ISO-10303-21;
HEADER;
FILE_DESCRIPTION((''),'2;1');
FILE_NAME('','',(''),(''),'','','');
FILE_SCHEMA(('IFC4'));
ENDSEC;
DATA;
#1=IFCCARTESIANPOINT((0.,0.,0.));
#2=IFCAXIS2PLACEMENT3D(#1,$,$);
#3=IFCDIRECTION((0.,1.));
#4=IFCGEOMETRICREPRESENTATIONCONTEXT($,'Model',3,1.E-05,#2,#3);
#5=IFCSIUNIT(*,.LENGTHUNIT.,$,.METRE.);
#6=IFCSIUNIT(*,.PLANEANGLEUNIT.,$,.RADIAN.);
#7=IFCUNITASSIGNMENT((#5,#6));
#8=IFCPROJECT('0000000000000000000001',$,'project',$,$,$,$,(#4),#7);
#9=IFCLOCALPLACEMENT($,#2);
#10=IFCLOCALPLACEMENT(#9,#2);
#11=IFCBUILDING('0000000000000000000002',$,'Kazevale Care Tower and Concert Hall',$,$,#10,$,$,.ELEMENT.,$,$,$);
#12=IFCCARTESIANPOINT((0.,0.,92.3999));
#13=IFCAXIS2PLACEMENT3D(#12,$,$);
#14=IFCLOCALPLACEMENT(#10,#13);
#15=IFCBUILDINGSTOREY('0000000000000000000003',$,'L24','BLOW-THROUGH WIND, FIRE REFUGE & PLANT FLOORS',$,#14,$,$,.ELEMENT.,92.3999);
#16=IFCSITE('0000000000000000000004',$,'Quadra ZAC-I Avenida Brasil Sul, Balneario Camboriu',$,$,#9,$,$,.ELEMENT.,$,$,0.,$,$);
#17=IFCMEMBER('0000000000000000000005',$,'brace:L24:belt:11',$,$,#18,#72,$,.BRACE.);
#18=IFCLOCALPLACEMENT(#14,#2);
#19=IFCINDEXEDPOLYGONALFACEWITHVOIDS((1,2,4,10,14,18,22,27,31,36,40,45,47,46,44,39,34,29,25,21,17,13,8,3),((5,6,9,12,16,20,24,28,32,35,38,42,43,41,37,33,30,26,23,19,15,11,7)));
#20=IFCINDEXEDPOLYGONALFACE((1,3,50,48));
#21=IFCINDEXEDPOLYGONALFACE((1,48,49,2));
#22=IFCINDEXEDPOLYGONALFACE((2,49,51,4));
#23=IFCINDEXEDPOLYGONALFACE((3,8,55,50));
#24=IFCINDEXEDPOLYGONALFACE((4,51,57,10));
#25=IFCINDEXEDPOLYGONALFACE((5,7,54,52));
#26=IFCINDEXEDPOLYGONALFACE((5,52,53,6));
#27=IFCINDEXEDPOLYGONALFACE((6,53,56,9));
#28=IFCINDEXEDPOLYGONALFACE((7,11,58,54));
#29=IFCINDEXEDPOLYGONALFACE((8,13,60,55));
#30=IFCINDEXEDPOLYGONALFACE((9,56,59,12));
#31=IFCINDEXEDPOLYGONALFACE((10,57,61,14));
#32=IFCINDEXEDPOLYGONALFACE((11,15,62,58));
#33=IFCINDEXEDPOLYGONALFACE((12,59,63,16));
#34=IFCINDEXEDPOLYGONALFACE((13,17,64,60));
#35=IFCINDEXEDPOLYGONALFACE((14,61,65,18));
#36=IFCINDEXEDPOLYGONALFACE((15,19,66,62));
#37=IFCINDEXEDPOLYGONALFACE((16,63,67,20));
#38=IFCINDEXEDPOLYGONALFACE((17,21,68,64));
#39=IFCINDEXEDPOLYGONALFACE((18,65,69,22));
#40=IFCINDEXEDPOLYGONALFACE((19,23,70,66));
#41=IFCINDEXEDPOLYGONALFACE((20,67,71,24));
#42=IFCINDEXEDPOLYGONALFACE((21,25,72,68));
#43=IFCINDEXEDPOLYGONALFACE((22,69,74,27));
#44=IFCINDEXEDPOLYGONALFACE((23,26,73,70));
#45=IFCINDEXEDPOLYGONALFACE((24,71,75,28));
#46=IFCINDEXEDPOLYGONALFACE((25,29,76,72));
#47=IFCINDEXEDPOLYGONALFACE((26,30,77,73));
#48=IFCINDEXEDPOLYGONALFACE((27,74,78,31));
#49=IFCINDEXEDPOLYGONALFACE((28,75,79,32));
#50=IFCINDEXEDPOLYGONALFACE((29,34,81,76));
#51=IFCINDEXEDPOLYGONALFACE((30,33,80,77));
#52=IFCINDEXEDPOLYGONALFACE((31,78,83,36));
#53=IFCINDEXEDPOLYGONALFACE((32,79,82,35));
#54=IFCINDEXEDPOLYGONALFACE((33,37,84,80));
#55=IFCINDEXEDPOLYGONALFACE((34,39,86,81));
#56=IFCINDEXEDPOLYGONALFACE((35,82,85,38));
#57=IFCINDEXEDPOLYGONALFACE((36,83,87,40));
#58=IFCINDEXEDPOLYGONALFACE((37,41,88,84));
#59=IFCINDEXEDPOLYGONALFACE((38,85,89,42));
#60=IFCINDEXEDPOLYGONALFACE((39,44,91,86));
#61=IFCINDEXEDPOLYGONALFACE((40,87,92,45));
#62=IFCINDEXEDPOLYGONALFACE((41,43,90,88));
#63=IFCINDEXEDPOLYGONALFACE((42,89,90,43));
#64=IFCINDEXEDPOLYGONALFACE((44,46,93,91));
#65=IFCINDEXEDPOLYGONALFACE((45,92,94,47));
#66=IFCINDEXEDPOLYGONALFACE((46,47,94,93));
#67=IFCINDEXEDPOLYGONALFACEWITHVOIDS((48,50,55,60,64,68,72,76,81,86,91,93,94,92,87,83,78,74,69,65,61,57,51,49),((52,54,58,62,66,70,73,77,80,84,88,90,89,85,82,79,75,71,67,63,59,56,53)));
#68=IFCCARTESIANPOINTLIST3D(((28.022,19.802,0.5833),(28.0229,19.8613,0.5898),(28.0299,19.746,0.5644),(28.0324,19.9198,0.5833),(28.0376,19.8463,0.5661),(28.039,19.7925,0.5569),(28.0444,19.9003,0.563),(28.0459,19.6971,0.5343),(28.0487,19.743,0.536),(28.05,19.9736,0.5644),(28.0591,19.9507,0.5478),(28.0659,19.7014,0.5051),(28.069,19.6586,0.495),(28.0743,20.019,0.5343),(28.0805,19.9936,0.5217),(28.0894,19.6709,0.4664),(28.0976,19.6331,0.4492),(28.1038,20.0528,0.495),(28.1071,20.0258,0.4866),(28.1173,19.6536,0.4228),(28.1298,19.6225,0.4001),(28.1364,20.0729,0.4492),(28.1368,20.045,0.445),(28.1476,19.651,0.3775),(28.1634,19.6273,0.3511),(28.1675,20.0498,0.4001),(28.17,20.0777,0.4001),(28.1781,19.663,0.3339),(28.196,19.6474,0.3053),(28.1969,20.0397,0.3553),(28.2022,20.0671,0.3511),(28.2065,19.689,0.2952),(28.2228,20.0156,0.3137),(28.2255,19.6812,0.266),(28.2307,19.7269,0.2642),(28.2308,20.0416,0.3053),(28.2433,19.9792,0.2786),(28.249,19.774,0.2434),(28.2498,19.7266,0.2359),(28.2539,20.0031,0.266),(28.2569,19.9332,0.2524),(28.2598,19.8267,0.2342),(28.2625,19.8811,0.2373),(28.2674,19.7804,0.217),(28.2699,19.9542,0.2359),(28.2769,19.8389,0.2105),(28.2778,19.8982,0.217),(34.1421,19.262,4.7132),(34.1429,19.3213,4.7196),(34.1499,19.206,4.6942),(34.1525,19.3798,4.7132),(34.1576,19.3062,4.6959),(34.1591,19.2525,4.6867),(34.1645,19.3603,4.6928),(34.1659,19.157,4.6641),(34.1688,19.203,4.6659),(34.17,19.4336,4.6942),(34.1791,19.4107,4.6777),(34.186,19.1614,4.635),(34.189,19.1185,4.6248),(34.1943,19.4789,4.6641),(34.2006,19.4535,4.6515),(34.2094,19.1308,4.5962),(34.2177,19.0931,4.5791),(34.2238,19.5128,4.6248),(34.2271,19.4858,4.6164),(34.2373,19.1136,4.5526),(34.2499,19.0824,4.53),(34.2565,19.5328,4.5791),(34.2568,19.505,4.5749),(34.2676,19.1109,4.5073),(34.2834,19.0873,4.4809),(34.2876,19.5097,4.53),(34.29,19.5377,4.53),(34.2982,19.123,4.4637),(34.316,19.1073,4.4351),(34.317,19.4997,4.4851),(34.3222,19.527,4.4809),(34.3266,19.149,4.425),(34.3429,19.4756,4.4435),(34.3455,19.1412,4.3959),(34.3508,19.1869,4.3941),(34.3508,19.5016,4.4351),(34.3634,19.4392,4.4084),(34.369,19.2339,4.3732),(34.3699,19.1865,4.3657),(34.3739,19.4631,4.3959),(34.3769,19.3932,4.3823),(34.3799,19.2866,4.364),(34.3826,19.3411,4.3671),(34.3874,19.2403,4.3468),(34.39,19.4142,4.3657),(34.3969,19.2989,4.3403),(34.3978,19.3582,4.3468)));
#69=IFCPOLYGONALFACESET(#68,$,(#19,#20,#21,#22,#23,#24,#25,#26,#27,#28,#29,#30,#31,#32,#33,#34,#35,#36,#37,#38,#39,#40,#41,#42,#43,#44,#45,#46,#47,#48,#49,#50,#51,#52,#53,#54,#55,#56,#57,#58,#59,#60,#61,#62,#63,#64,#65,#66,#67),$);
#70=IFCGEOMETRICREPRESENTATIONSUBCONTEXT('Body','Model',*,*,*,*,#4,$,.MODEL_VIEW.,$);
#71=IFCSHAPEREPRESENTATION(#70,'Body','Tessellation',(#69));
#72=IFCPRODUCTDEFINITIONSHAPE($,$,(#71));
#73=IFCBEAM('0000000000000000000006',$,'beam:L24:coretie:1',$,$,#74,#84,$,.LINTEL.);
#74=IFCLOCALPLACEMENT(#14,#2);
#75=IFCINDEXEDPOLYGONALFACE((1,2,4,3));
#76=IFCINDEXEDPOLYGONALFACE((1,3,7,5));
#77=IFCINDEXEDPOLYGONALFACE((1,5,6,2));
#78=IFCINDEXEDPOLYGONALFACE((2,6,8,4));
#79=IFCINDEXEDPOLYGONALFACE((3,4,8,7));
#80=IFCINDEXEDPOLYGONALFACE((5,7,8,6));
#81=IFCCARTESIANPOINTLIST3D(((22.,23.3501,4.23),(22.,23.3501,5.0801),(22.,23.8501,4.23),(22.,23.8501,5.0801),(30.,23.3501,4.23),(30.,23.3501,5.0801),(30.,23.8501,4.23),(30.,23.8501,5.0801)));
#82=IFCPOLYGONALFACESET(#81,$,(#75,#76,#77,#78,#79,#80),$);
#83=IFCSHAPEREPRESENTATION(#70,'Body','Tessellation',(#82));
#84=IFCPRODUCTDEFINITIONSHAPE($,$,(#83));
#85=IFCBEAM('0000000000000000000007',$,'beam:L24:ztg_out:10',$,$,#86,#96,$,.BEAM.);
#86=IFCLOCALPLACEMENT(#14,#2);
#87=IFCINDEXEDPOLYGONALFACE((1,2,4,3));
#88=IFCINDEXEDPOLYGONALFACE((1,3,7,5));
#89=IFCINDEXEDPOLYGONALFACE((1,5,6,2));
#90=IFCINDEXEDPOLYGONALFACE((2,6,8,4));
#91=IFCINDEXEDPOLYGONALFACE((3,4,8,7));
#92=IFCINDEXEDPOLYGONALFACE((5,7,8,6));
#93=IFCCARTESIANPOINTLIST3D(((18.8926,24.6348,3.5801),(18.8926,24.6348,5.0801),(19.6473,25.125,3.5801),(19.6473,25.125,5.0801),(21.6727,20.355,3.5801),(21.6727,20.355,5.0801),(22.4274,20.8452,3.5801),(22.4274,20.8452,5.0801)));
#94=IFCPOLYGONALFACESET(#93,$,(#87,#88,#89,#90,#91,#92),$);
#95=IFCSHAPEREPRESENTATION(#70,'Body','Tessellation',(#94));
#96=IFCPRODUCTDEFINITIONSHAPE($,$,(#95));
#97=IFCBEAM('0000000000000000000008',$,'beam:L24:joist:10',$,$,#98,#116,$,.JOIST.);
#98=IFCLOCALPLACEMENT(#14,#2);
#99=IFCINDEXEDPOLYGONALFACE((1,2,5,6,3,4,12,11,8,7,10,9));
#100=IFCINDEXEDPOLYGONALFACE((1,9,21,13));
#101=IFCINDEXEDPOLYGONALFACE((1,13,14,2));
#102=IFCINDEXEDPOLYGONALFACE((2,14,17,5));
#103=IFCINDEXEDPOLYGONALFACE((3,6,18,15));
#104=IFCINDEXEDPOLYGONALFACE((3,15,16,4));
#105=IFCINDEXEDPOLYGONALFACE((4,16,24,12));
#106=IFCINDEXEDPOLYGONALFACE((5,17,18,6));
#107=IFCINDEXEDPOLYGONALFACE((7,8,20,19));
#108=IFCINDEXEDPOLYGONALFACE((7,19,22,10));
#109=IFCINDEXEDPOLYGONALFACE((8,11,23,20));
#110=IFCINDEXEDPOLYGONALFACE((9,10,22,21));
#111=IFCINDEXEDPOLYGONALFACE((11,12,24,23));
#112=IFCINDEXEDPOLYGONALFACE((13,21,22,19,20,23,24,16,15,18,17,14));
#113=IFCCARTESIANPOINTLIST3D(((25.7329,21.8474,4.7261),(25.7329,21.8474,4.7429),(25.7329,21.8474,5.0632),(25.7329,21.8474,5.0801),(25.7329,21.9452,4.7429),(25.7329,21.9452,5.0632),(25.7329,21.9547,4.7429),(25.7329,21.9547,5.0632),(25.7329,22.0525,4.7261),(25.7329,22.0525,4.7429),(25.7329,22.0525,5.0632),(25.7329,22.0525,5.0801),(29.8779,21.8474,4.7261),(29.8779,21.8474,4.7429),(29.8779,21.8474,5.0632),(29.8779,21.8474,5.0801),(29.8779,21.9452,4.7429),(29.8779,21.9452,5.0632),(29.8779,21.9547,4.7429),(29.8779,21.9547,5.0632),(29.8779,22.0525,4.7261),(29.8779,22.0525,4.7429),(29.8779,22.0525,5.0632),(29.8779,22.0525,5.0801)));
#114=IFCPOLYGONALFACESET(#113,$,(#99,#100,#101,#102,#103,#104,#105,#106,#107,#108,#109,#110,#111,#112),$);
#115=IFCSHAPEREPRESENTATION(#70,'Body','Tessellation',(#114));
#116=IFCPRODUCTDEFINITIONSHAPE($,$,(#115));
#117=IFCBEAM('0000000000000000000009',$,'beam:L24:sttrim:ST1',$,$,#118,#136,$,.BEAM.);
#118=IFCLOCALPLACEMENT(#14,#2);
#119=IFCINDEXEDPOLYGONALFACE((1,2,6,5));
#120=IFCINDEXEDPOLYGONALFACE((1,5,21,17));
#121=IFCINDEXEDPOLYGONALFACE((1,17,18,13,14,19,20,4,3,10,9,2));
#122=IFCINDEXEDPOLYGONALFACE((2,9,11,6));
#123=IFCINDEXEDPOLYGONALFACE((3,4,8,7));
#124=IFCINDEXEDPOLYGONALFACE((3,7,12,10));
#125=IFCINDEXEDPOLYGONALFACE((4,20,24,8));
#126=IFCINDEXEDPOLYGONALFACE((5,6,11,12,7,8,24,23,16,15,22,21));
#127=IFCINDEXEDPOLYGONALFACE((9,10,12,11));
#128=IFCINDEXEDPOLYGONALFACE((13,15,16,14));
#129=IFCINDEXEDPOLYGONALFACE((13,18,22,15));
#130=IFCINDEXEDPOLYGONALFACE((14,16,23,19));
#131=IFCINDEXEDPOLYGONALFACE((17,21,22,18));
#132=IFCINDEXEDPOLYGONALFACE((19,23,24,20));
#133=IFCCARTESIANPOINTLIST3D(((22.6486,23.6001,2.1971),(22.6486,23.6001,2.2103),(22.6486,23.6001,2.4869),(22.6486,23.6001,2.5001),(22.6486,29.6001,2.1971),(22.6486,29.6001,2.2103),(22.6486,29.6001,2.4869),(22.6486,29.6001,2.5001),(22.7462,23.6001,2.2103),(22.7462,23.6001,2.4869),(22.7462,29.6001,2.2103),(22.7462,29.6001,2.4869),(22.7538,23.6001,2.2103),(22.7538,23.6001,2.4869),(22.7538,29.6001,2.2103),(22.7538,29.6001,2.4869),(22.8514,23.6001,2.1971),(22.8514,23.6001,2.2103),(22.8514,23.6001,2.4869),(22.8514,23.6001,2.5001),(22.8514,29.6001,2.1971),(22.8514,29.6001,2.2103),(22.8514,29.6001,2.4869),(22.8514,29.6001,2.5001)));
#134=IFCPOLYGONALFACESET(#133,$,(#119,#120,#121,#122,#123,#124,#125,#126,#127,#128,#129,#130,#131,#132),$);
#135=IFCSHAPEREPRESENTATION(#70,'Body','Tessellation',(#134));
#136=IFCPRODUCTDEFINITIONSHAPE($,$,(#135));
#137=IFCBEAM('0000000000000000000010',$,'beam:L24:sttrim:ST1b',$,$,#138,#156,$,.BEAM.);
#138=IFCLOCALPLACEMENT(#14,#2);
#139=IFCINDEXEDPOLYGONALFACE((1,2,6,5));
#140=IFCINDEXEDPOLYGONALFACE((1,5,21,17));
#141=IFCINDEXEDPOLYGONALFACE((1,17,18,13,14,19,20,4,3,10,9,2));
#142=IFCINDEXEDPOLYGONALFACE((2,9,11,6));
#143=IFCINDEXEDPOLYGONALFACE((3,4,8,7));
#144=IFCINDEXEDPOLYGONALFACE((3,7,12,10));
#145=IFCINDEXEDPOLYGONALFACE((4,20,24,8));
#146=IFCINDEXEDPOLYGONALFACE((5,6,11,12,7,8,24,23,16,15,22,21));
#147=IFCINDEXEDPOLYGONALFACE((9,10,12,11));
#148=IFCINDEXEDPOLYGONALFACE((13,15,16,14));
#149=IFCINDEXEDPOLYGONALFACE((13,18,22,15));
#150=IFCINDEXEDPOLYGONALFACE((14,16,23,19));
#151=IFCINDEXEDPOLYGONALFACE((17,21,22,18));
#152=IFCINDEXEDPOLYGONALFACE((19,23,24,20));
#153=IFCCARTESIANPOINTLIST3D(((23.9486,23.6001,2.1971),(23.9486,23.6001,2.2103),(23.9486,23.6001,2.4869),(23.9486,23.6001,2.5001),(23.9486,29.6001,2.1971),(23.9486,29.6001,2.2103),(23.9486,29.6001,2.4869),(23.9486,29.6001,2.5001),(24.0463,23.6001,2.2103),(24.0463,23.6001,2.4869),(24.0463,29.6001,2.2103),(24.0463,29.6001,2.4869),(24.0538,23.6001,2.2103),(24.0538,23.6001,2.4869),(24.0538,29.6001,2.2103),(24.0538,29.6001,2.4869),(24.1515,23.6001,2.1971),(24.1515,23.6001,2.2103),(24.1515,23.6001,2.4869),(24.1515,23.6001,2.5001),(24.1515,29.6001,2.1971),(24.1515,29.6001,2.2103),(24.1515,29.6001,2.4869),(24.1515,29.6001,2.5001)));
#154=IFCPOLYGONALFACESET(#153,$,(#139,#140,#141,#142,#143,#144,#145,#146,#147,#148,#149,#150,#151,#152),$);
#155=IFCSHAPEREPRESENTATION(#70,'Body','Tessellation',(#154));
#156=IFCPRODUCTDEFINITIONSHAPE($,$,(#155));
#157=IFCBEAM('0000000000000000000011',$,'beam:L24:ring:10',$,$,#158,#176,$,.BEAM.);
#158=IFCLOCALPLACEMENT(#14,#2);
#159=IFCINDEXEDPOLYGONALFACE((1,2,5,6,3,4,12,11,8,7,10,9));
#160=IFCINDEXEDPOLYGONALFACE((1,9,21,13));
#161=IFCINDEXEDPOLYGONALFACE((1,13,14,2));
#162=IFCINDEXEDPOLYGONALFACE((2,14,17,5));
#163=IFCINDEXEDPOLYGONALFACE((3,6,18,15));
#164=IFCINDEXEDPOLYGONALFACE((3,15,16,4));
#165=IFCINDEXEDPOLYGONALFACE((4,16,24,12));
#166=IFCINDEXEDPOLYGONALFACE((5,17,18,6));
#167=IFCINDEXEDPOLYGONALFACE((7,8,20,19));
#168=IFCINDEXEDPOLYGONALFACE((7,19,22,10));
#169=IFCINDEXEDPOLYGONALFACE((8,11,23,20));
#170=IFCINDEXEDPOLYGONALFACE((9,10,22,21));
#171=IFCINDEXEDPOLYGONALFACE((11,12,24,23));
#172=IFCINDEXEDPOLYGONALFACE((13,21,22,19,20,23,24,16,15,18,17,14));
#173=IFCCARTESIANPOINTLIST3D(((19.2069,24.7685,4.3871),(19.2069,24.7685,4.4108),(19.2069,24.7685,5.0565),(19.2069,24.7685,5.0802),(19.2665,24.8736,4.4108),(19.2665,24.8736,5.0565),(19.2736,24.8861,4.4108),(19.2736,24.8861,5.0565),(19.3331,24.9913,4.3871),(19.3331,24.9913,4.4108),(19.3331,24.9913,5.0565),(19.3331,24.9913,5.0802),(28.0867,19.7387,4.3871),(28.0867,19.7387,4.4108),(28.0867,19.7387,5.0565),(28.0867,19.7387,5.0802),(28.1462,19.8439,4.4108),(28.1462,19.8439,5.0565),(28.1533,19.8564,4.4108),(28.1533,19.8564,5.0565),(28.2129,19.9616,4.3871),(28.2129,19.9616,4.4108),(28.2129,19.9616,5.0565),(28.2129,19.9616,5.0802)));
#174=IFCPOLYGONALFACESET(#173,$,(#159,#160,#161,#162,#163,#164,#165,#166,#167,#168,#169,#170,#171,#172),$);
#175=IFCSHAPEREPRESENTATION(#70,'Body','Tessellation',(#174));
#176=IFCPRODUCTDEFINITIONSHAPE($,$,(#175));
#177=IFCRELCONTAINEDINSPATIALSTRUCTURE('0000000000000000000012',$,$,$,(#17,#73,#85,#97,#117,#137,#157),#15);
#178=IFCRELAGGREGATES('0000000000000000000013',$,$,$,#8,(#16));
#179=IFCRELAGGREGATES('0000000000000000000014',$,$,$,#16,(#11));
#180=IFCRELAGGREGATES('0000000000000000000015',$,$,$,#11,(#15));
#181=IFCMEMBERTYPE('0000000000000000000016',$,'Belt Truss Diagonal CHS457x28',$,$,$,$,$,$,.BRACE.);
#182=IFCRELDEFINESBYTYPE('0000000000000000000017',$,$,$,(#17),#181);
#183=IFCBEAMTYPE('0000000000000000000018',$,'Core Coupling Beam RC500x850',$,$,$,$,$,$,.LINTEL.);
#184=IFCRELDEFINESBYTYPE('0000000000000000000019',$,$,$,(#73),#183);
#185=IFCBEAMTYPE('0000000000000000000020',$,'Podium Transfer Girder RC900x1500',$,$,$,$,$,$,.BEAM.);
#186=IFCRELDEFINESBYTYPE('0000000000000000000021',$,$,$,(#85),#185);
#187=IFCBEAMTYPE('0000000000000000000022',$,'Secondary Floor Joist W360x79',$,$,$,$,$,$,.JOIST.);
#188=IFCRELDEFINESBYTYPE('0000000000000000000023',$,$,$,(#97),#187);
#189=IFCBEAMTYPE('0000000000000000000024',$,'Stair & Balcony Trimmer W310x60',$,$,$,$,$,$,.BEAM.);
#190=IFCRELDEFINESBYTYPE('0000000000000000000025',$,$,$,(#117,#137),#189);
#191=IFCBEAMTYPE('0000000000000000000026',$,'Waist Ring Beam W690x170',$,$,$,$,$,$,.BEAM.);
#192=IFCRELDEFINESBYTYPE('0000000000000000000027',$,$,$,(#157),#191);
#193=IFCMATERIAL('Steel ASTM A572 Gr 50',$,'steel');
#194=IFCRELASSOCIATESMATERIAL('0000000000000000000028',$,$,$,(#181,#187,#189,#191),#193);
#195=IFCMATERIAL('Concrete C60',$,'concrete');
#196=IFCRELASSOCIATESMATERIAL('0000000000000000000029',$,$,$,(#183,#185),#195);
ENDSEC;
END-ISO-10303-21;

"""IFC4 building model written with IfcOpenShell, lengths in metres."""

from ifc_helpers import new_model, si_unit, direction, frame, origin, origin_2d, place, context, subcontext, project, spatial, rectangle, hollow_circle, i_section, extrude, material, material_profile, profile_set, type_object, element, save


model = new_model("IFC4")

# Units and contexts
model_context = context("Model", 3, precision=1e-05, world=origin(), true_north=direction((0.0, 1.0)))
body_context = subcontext(model_context, "Body", "Model", "MODEL_VIEW")
ifc_project = project(units=[si_unit("LENGTHUNIT", "METRE"), si_unit("PLANEANGLEUNIT", "RADIAN")], contexts=[model_context])

# Site, building, storey
site_placement = place(None, origin())
site = spatial("IfcSite", under=ifc_project, at=site_placement, Name="Quadra ZAC-I Avenida Brasil Sul, Balneario Camboriu", CompositionType="ELEMENT", RefElevation=0.0)
building_placement = place(site_placement, origin())
building = spatial("IfcBuilding", under=site, at=building_placement, Name="Kazevale Care Tower and Concert Hall", CompositionType="ELEMENT")
storey_placement = place(building_placement, frame((0.0, 0.0, 92.3999)))
storey = spatial("IfcBuildingStorey", under=building, at=storey_placement, Name="L24", Description="BLOW-THROUGH WIND, FIRE REFUGE & PLANT FLOORS", CompositionType="ELEMENT", Elevation=92.3999)

# Member
ifc_material_1 = material(Name="Steel ASTM A572 Gr 50", Category="steel")
ifc_material_profile_1 = material_profile(ifc_material_1, hollow_circle(Radius=0.2285, WallThickness=0.0281, at=origin_2d()), Name="CHS457x28")
ifc_profile_set_1 = profile_set([ifc_material_profile_1], Name="Steel ASTM A572 Gr 50")
member_type = type_object("IfcMemberType", Name="Belt Truss Diagonal CHS457x28", PredefinedType="BRACE", material=ifc_profile_set_1)
member_1_placement = place(storey_placement, frame((28.1499, 19.8501, 0.4001), z_axis=(0.826715, -0.072949, 0.557871), x_axis=(0.087898, 0.996129, 0.0)))
element("IfcMember", 1, at=member_1_placement, inside=storey, type_object=member_type, Name="brace:L24:belt:11", PredefinedType="BRACE", context=body_context, shape_type="SweptSolid", body=[
    extrude(hollow_circle(Radius=0.2285, WallThickness=0.0281, at=origin_2d()), origin(), (0.0, 0.0, 1.0), 7.4028),
])

# Beams
ifc_material_2 = material(Name="Concrete C60", Category="concrete")
ifc_material_profile_2 = material_profile(ifc_material_2, rectangle(XDim=0.5, YDim=0.8501, at=origin_2d()), Name="RC-B500x850")
ifc_profile_set_2 = profile_set([ifc_material_profile_2], Name="Concrete C60")
beam_type_1 = type_object("IfcBeamType", Name="Core Coupling Beam RC500x850", PredefinedType="LINTEL", material=ifc_profile_set_2)
beam_1_placement = place(storey_placement, frame((22.0, 23.6001, 4.655), z_axis=(1.0, 0.0, 0.0), x_axis=(0.0, 1.0, 0.0)))
element("IfcBeam", 2, at=beam_1_placement, inside=storey, type_object=beam_type_1, Name="beam:L24:coretie:1", PredefinedType="LINTEL", context=body_context, shape_type="SweptSolid", body=[
    extrude(rectangle(XDim=0.5, YDim=0.8501, at=origin_2d()), origin(), (0.0, 0.0, 1.0), 8.0),
])
ifc_material_profile_3 = material_profile(ifc_material_2, rectangle(XDim=0.8999, YDim=1.5, at=origin_2d()), Name="RC-TG900x1500")
ifc_profile_set_3 = profile_set([ifc_material_profile_3], Name="Concrete C60")
beam_type_2 = type_object("IfcBeamType", Name="Podium Transfer Girder RC900x1500", PredefinedType="BEAM", material=ifc_profile_set_3)
beam_2_placement = place(storey_placement, frame((22.05, 20.6001, 4.3301), z_axis=(-0.544736, 0.838608, 0.0), x_axis=(-0.838608, -0.544736, 0.0)))
element("IfcBeam", 3, at=beam_2_placement, inside=storey, type_object=beam_type_2, Name="beam:L24:ztg_out:10", PredefinedType="BEAM", context=body_context, shape_type="SweptSolid", body=[
    extrude(rectangle(XDim=0.8999, YDim=1.5, at=origin_2d()), origin(), (0.0, 0.0, 1.0), 5.1035),
])
ifc_material_profile_4 = material_profile(ifc_material_1, i_section(OverallWidth=0.2051, OverallDepth=0.354, WebThickness=0.0095, FlangeThickness=0.0168, at=origin_2d()), Name="W360x79")
ifc_profile_set_4 = profile_set([ifc_material_profile_4], Name="Steel ASTM A572 Gr 50")
beam_type_3 = type_object("IfcBeamType", Name="Secondary Floor Joist W360x79", PredefinedType="JOIST", material=ifc_profile_set_4)
beam_3_placement = place(storey_placement, frame((25.7329, 21.95, 4.9031), z_axis=(1.0, 0.0, 0.0), x_axis=(0.0, 1.0, 0.0)))
element("IfcBeam", 4, at=beam_3_placement, inside=storey, type_object=beam_type_3, Name="beam:L24:joist:10", PredefinedType="JOIST", context=body_context, shape_type="SweptSolid", body=[
    extrude(i_section(OverallWidth=0.2051, OverallDepth=0.354, WebThickness=0.0095, FlangeThickness=0.0168, at=origin_2d()), origin(), (0.0, 0.0, 1.0), 4.145),
])
ifc_material_profile_5 = material_profile(ifc_material_1, i_section(OverallWidth=0.2029, OverallDepth=0.303, WebThickness=0.0076, FlangeThickness=0.0132, at=origin_2d()), Name="W310x60")
ifc_profile_set_5 = profile_set([ifc_material_profile_5], Name="Steel ASTM A572 Gr 50")
beam_type_4 = type_object("IfcBeamType", Name="Stair & Balcony Trimmer W310x60", PredefinedType="BEAM", material=ifc_profile_set_5)
for number, where, z_axis, x_axis, name in (
    (5, (22.75, 23.6001, 2.3486), (0.0, 1.0, 0.0), (-1.0, 0.0, 0.0), "beam:L24:sttrim:ST1"),
    (6, (24.05, 23.6001, 2.3486), (0.0, 1.0, 0.0), (-1.0, 0.0, 0.0), "beam:L24:sttrim:ST1b"),
):
    element("IfcBeam", number, at=place(storey_placement, frame(where, z_axis=z_axis, x_axis=x_axis)), inside=storey, type_object=beam_type_4, Name=name, PredefinedType="BEAM", context=body_context, shape_type="SweptSolid", body=[
        extrude(i_section(OverallWidth=0.2029, OverallDepth=0.303, WebThickness=0.0076, FlangeThickness=0.0132, at=origin_2d()), origin(), (0.0, 0.0, 1.0), 6.0),
    ])
ifc_material_profile_6 = material_profile(ifc_material_1, i_section(OverallWidth=0.2561, OverallDepth=0.6931, WebThickness=0.0144, FlangeThickness=0.0237, at=origin_2d()), Name="W690x170")
ifc_profile_set_6 = profile_set([ifc_material_profile_6], Name="Steel ASTM A572 Gr 50")
beam_type_5 = type_object("IfcBeamType", Name="Waist Ring Beam W690x170", PredefinedType="BEAM", material=ifc_profile_set_6)
beam_4_placement = place(storey_placement, frame((19.27, 24.8799, 4.7336), z_axis=(0.870112, -0.492853, 0.0), x_axis=(0.492853, 0.870112, 0.0)))
element("IfcBeam", 7, at=beam_4_placement, inside=storey, type_object=beam_type_5, Name="beam:L24:ring:10", PredefinedType="BEAM", context=body_context, shape_type="SweptSolid", body=[
    extrude(i_section(OverallWidth=0.2561, OverallDepth=0.6931, WebThickness=0.0144, FlangeThickness=0.0237, at=origin_2d()), origin(), (0.0, 0.0, 1.0), 10.2053),
])

save(model, "model.ifc")
